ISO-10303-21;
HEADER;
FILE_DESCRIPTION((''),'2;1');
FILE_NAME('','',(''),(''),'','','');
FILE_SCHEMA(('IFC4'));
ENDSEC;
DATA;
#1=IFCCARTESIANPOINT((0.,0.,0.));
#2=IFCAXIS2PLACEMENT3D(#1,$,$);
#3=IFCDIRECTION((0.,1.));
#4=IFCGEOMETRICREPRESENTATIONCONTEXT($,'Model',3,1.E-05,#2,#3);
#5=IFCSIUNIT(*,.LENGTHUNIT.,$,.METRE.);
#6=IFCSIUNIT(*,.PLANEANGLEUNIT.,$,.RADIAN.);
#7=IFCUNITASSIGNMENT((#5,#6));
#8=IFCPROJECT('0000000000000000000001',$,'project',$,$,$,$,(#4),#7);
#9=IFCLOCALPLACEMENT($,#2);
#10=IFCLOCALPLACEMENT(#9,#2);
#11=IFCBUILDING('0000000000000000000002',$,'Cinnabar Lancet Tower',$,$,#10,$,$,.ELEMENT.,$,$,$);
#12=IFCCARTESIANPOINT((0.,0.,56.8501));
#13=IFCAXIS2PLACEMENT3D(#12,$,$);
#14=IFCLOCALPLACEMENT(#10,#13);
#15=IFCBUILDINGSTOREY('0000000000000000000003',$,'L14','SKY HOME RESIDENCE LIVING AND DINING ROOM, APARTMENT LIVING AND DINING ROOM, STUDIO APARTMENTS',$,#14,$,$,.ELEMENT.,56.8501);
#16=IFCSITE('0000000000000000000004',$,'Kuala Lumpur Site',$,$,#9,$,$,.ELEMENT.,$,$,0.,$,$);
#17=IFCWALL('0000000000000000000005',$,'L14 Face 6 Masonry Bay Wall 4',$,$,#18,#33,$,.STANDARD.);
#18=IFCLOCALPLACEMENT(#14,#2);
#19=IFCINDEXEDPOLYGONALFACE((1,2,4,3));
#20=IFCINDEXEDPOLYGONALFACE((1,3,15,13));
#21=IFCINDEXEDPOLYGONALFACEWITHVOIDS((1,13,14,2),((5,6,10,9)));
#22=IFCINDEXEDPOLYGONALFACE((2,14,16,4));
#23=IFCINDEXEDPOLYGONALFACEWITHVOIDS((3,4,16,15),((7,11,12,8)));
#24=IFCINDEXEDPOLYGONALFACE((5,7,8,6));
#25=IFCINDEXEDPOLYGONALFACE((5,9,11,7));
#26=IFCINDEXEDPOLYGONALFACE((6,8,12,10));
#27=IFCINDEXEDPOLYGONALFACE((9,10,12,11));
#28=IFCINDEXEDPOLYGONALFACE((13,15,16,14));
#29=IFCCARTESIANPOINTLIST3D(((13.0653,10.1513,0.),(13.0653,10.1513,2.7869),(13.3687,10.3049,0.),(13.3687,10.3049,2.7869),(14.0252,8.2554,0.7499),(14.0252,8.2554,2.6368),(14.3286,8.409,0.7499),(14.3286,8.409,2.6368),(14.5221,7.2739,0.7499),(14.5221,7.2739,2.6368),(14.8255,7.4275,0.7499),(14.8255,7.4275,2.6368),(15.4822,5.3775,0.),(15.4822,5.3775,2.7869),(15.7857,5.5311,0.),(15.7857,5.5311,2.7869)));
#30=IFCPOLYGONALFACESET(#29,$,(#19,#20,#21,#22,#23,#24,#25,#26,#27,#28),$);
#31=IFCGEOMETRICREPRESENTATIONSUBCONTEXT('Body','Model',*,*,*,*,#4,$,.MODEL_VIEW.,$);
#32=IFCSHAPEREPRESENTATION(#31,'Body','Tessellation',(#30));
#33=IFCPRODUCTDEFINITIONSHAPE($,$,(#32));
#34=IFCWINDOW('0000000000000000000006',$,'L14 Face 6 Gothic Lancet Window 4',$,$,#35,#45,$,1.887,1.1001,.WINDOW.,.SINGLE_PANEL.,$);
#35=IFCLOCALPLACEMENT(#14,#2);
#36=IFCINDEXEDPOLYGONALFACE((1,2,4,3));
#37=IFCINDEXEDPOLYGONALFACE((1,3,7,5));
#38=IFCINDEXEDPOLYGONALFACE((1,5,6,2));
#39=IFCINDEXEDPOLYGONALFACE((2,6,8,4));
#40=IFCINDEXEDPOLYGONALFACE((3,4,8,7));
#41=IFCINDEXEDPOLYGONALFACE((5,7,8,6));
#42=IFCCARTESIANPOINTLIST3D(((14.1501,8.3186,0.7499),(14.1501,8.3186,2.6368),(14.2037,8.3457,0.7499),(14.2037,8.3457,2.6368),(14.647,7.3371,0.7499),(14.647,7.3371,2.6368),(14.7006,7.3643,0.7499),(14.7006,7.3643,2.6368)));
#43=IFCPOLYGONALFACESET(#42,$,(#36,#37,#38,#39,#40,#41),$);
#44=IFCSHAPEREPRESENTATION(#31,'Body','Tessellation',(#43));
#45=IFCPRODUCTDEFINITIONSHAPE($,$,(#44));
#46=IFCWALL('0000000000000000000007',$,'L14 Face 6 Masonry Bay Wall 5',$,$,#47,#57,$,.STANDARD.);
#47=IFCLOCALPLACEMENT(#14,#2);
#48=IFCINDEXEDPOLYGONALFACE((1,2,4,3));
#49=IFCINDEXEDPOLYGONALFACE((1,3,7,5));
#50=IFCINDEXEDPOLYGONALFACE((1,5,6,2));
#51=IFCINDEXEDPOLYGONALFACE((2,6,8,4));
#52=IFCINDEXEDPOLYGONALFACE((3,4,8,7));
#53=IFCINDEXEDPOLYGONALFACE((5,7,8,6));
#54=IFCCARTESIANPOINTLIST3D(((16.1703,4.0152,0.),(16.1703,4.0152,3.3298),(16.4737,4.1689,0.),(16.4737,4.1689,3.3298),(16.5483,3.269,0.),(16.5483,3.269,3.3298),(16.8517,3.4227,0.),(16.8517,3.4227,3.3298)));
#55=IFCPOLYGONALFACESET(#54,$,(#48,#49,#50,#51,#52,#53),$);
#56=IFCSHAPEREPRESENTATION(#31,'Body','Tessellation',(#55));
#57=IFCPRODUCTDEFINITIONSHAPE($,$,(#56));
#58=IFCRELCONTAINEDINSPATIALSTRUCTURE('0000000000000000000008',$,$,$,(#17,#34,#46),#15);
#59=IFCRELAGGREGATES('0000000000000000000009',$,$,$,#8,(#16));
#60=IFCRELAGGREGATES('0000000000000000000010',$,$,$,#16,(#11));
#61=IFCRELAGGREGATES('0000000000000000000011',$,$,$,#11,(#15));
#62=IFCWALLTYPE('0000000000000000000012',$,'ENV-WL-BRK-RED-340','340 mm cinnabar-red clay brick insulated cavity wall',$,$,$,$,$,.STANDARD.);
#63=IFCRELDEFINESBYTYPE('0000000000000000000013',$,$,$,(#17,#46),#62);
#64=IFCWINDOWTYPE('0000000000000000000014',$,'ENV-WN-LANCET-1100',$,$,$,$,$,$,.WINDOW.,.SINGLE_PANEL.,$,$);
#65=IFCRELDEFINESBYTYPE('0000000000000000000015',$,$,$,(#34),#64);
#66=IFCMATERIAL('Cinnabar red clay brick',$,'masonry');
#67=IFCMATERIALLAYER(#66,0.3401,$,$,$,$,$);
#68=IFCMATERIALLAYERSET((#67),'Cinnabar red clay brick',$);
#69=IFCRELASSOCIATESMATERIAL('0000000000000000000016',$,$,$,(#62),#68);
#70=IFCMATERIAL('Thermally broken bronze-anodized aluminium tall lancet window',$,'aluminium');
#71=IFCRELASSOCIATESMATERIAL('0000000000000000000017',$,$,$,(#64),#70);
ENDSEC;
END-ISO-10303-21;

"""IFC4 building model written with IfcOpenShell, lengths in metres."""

from ifc_helpers import new_model, si_unit, direction, frame, frame_2d, origin, place, context, subcontext, project, spatial, rectangle, extrude, material, layer, layer_set, type_object, element, fill, save


model = new_model("IFC4")

# Units and contexts
model_context = context("Model", 3, precision=1e-05, world=origin(), true_north=direction((0.0, 1.0)))
body_context = subcontext(model_context, "Body", "Model", "MODEL_VIEW")
ifc_project = project(units=[si_unit("LENGTHUNIT", "METRE"), si_unit("PLANEANGLEUNIT", "RADIAN")], contexts=[model_context])

# Site, building, storey
site_placement = place(None, origin())
site = spatial("IfcSite", under=ifc_project, at=site_placement, Name="Kuala Lumpur Site", CompositionType="ELEMENT", RefElevation=0.0)
building_placement = place(site_placement, origin())
building = spatial("IfcBuilding", under=site, at=building_placement, Name="Cinnabar Lancet Tower", CompositionType="ELEMENT")
storey_placement = place(building_placement, frame((0.0, 0.0, 56.8501)))
storey = spatial("IfcBuildingStorey", under=building, at=storey_placement, Name="L14", Description="SKY HOME RESIDENCE LIVING AND DINING ROOM, APARTMENT LIVING AND DINING ROOM, STUDIO APARTMENTS", CompositionType="ELEMENT", Elevation=56.8501)

# Shared definitions
ifc_material_1 = material(Name="Cinnabar red clay brick", Category="masonry")
ifc_layer_1 = layer(ifc_material_1, 0.3401)
ifc_layer_set_1 = layer_set([ifc_layer_1], Name="Cinnabar red clay brick")
wall_type = type_object("IfcWallType", Name="ENV-WL-BRK-RED-340", Description="340 mm cinnabar-red clay brick insulated cavity wall", PredefinedType="STANDARD", material=ifc_layer_set_1)

# Wall, opening, window
wall_1_placement = place(storey_placement, frame((13.217, 10.228, 0.0), z_axis=(0.0, 0.0, 1.0), x_axis=(0.451698, -0.892171, 0.0)))
wall_1 = element("IfcWall", 1, at=wall_1_placement, inside=storey, type_object=wall_type, Name="L14 Face 6 Masonry Bay Wall 4", PredefinedType="STANDARD", context=body_context, shape_type="SweptSolid", body=[
    extrude(rectangle(XDim=5.3508, YDim=0.3401, at=frame_2d((2.6753, 0.0))), origin(), (0.0, 0.0, 1.0), 2.7869),
])
opening_placement = place(wall_1_placement, frame((2.125, 0.0, 0.75)))
opening = element("IfcOpeningElement", 2, at=opening_placement, cuts=wall_1, PredefinedType="OPENING", context=body_context, shape_type="SweptSolid", body=[
    extrude(rectangle(XDim=1.1001, YDim=1.887, at=frame_2d((0.55, 0.9434))), frame((0.0, 0.1799, 0.0), z_axis=(0.0, -1.0, 0.0), x_axis=(1.0, 0.0, 0.0)), (0.0, 0.0, 1.0), 0.3601),
])
ifc_material_2 = material(Name="Thermally broken bronze-anodized aluminium tall lancet window", Category="aluminium")
window_type = type_object("IfcWindowType", Name="ENV-WN-LANCET-1100", PartitioningType="SINGLE_PANEL", PredefinedType="WINDOW", material=ifc_material_2)
window_placement = place(opening_placement, origin())
window = element("IfcWindow", 3, at=window_placement, inside=storey, type_object=window_type, Name="L14 Face 6 Gothic Lancet Window 4", OverallHeight=1.887, OverallWidth=1.1001, PartitioningType="SINGLE_PANEL", PredefinedType="WINDOW", context=body_context, shape_type="SweptSolid", body=[
    extrude(rectangle(XDim=1.1001, YDim=1.887, at=frame_2d((0.55, 0.9434))), frame((0.0, 0.03, 0.0), z_axis=(0.0, -1.0, 0.0), x_axis=(1.0, 0.0, 0.0)), (0.0, 0.0, 1.0), 0.0601),
])
fill(opening, window)

# Wall
wall_2_placement = place(storey_placement, frame((16.322, 4.092, 0.0), z_axis=(0.0, 0.0, 1.0), x_axis=(0.451878, -0.89208, 0.0)))
element("IfcWall", 4, at=wall_2_placement, inside=storey, type_object=wall_type, Name="L14 Face 6 Masonry Bay Wall 5", PredefinedType="STANDARD", context=body_context, shape_type="SweptSolid", body=[
    extrude(rectangle(XDim=0.8364, YDim=0.3401, at=frame_2d((0.4182, 0.0))), origin(), (0.0, 0.0, 1.0), 3.3298),
])

save(model, "model.ifc")
